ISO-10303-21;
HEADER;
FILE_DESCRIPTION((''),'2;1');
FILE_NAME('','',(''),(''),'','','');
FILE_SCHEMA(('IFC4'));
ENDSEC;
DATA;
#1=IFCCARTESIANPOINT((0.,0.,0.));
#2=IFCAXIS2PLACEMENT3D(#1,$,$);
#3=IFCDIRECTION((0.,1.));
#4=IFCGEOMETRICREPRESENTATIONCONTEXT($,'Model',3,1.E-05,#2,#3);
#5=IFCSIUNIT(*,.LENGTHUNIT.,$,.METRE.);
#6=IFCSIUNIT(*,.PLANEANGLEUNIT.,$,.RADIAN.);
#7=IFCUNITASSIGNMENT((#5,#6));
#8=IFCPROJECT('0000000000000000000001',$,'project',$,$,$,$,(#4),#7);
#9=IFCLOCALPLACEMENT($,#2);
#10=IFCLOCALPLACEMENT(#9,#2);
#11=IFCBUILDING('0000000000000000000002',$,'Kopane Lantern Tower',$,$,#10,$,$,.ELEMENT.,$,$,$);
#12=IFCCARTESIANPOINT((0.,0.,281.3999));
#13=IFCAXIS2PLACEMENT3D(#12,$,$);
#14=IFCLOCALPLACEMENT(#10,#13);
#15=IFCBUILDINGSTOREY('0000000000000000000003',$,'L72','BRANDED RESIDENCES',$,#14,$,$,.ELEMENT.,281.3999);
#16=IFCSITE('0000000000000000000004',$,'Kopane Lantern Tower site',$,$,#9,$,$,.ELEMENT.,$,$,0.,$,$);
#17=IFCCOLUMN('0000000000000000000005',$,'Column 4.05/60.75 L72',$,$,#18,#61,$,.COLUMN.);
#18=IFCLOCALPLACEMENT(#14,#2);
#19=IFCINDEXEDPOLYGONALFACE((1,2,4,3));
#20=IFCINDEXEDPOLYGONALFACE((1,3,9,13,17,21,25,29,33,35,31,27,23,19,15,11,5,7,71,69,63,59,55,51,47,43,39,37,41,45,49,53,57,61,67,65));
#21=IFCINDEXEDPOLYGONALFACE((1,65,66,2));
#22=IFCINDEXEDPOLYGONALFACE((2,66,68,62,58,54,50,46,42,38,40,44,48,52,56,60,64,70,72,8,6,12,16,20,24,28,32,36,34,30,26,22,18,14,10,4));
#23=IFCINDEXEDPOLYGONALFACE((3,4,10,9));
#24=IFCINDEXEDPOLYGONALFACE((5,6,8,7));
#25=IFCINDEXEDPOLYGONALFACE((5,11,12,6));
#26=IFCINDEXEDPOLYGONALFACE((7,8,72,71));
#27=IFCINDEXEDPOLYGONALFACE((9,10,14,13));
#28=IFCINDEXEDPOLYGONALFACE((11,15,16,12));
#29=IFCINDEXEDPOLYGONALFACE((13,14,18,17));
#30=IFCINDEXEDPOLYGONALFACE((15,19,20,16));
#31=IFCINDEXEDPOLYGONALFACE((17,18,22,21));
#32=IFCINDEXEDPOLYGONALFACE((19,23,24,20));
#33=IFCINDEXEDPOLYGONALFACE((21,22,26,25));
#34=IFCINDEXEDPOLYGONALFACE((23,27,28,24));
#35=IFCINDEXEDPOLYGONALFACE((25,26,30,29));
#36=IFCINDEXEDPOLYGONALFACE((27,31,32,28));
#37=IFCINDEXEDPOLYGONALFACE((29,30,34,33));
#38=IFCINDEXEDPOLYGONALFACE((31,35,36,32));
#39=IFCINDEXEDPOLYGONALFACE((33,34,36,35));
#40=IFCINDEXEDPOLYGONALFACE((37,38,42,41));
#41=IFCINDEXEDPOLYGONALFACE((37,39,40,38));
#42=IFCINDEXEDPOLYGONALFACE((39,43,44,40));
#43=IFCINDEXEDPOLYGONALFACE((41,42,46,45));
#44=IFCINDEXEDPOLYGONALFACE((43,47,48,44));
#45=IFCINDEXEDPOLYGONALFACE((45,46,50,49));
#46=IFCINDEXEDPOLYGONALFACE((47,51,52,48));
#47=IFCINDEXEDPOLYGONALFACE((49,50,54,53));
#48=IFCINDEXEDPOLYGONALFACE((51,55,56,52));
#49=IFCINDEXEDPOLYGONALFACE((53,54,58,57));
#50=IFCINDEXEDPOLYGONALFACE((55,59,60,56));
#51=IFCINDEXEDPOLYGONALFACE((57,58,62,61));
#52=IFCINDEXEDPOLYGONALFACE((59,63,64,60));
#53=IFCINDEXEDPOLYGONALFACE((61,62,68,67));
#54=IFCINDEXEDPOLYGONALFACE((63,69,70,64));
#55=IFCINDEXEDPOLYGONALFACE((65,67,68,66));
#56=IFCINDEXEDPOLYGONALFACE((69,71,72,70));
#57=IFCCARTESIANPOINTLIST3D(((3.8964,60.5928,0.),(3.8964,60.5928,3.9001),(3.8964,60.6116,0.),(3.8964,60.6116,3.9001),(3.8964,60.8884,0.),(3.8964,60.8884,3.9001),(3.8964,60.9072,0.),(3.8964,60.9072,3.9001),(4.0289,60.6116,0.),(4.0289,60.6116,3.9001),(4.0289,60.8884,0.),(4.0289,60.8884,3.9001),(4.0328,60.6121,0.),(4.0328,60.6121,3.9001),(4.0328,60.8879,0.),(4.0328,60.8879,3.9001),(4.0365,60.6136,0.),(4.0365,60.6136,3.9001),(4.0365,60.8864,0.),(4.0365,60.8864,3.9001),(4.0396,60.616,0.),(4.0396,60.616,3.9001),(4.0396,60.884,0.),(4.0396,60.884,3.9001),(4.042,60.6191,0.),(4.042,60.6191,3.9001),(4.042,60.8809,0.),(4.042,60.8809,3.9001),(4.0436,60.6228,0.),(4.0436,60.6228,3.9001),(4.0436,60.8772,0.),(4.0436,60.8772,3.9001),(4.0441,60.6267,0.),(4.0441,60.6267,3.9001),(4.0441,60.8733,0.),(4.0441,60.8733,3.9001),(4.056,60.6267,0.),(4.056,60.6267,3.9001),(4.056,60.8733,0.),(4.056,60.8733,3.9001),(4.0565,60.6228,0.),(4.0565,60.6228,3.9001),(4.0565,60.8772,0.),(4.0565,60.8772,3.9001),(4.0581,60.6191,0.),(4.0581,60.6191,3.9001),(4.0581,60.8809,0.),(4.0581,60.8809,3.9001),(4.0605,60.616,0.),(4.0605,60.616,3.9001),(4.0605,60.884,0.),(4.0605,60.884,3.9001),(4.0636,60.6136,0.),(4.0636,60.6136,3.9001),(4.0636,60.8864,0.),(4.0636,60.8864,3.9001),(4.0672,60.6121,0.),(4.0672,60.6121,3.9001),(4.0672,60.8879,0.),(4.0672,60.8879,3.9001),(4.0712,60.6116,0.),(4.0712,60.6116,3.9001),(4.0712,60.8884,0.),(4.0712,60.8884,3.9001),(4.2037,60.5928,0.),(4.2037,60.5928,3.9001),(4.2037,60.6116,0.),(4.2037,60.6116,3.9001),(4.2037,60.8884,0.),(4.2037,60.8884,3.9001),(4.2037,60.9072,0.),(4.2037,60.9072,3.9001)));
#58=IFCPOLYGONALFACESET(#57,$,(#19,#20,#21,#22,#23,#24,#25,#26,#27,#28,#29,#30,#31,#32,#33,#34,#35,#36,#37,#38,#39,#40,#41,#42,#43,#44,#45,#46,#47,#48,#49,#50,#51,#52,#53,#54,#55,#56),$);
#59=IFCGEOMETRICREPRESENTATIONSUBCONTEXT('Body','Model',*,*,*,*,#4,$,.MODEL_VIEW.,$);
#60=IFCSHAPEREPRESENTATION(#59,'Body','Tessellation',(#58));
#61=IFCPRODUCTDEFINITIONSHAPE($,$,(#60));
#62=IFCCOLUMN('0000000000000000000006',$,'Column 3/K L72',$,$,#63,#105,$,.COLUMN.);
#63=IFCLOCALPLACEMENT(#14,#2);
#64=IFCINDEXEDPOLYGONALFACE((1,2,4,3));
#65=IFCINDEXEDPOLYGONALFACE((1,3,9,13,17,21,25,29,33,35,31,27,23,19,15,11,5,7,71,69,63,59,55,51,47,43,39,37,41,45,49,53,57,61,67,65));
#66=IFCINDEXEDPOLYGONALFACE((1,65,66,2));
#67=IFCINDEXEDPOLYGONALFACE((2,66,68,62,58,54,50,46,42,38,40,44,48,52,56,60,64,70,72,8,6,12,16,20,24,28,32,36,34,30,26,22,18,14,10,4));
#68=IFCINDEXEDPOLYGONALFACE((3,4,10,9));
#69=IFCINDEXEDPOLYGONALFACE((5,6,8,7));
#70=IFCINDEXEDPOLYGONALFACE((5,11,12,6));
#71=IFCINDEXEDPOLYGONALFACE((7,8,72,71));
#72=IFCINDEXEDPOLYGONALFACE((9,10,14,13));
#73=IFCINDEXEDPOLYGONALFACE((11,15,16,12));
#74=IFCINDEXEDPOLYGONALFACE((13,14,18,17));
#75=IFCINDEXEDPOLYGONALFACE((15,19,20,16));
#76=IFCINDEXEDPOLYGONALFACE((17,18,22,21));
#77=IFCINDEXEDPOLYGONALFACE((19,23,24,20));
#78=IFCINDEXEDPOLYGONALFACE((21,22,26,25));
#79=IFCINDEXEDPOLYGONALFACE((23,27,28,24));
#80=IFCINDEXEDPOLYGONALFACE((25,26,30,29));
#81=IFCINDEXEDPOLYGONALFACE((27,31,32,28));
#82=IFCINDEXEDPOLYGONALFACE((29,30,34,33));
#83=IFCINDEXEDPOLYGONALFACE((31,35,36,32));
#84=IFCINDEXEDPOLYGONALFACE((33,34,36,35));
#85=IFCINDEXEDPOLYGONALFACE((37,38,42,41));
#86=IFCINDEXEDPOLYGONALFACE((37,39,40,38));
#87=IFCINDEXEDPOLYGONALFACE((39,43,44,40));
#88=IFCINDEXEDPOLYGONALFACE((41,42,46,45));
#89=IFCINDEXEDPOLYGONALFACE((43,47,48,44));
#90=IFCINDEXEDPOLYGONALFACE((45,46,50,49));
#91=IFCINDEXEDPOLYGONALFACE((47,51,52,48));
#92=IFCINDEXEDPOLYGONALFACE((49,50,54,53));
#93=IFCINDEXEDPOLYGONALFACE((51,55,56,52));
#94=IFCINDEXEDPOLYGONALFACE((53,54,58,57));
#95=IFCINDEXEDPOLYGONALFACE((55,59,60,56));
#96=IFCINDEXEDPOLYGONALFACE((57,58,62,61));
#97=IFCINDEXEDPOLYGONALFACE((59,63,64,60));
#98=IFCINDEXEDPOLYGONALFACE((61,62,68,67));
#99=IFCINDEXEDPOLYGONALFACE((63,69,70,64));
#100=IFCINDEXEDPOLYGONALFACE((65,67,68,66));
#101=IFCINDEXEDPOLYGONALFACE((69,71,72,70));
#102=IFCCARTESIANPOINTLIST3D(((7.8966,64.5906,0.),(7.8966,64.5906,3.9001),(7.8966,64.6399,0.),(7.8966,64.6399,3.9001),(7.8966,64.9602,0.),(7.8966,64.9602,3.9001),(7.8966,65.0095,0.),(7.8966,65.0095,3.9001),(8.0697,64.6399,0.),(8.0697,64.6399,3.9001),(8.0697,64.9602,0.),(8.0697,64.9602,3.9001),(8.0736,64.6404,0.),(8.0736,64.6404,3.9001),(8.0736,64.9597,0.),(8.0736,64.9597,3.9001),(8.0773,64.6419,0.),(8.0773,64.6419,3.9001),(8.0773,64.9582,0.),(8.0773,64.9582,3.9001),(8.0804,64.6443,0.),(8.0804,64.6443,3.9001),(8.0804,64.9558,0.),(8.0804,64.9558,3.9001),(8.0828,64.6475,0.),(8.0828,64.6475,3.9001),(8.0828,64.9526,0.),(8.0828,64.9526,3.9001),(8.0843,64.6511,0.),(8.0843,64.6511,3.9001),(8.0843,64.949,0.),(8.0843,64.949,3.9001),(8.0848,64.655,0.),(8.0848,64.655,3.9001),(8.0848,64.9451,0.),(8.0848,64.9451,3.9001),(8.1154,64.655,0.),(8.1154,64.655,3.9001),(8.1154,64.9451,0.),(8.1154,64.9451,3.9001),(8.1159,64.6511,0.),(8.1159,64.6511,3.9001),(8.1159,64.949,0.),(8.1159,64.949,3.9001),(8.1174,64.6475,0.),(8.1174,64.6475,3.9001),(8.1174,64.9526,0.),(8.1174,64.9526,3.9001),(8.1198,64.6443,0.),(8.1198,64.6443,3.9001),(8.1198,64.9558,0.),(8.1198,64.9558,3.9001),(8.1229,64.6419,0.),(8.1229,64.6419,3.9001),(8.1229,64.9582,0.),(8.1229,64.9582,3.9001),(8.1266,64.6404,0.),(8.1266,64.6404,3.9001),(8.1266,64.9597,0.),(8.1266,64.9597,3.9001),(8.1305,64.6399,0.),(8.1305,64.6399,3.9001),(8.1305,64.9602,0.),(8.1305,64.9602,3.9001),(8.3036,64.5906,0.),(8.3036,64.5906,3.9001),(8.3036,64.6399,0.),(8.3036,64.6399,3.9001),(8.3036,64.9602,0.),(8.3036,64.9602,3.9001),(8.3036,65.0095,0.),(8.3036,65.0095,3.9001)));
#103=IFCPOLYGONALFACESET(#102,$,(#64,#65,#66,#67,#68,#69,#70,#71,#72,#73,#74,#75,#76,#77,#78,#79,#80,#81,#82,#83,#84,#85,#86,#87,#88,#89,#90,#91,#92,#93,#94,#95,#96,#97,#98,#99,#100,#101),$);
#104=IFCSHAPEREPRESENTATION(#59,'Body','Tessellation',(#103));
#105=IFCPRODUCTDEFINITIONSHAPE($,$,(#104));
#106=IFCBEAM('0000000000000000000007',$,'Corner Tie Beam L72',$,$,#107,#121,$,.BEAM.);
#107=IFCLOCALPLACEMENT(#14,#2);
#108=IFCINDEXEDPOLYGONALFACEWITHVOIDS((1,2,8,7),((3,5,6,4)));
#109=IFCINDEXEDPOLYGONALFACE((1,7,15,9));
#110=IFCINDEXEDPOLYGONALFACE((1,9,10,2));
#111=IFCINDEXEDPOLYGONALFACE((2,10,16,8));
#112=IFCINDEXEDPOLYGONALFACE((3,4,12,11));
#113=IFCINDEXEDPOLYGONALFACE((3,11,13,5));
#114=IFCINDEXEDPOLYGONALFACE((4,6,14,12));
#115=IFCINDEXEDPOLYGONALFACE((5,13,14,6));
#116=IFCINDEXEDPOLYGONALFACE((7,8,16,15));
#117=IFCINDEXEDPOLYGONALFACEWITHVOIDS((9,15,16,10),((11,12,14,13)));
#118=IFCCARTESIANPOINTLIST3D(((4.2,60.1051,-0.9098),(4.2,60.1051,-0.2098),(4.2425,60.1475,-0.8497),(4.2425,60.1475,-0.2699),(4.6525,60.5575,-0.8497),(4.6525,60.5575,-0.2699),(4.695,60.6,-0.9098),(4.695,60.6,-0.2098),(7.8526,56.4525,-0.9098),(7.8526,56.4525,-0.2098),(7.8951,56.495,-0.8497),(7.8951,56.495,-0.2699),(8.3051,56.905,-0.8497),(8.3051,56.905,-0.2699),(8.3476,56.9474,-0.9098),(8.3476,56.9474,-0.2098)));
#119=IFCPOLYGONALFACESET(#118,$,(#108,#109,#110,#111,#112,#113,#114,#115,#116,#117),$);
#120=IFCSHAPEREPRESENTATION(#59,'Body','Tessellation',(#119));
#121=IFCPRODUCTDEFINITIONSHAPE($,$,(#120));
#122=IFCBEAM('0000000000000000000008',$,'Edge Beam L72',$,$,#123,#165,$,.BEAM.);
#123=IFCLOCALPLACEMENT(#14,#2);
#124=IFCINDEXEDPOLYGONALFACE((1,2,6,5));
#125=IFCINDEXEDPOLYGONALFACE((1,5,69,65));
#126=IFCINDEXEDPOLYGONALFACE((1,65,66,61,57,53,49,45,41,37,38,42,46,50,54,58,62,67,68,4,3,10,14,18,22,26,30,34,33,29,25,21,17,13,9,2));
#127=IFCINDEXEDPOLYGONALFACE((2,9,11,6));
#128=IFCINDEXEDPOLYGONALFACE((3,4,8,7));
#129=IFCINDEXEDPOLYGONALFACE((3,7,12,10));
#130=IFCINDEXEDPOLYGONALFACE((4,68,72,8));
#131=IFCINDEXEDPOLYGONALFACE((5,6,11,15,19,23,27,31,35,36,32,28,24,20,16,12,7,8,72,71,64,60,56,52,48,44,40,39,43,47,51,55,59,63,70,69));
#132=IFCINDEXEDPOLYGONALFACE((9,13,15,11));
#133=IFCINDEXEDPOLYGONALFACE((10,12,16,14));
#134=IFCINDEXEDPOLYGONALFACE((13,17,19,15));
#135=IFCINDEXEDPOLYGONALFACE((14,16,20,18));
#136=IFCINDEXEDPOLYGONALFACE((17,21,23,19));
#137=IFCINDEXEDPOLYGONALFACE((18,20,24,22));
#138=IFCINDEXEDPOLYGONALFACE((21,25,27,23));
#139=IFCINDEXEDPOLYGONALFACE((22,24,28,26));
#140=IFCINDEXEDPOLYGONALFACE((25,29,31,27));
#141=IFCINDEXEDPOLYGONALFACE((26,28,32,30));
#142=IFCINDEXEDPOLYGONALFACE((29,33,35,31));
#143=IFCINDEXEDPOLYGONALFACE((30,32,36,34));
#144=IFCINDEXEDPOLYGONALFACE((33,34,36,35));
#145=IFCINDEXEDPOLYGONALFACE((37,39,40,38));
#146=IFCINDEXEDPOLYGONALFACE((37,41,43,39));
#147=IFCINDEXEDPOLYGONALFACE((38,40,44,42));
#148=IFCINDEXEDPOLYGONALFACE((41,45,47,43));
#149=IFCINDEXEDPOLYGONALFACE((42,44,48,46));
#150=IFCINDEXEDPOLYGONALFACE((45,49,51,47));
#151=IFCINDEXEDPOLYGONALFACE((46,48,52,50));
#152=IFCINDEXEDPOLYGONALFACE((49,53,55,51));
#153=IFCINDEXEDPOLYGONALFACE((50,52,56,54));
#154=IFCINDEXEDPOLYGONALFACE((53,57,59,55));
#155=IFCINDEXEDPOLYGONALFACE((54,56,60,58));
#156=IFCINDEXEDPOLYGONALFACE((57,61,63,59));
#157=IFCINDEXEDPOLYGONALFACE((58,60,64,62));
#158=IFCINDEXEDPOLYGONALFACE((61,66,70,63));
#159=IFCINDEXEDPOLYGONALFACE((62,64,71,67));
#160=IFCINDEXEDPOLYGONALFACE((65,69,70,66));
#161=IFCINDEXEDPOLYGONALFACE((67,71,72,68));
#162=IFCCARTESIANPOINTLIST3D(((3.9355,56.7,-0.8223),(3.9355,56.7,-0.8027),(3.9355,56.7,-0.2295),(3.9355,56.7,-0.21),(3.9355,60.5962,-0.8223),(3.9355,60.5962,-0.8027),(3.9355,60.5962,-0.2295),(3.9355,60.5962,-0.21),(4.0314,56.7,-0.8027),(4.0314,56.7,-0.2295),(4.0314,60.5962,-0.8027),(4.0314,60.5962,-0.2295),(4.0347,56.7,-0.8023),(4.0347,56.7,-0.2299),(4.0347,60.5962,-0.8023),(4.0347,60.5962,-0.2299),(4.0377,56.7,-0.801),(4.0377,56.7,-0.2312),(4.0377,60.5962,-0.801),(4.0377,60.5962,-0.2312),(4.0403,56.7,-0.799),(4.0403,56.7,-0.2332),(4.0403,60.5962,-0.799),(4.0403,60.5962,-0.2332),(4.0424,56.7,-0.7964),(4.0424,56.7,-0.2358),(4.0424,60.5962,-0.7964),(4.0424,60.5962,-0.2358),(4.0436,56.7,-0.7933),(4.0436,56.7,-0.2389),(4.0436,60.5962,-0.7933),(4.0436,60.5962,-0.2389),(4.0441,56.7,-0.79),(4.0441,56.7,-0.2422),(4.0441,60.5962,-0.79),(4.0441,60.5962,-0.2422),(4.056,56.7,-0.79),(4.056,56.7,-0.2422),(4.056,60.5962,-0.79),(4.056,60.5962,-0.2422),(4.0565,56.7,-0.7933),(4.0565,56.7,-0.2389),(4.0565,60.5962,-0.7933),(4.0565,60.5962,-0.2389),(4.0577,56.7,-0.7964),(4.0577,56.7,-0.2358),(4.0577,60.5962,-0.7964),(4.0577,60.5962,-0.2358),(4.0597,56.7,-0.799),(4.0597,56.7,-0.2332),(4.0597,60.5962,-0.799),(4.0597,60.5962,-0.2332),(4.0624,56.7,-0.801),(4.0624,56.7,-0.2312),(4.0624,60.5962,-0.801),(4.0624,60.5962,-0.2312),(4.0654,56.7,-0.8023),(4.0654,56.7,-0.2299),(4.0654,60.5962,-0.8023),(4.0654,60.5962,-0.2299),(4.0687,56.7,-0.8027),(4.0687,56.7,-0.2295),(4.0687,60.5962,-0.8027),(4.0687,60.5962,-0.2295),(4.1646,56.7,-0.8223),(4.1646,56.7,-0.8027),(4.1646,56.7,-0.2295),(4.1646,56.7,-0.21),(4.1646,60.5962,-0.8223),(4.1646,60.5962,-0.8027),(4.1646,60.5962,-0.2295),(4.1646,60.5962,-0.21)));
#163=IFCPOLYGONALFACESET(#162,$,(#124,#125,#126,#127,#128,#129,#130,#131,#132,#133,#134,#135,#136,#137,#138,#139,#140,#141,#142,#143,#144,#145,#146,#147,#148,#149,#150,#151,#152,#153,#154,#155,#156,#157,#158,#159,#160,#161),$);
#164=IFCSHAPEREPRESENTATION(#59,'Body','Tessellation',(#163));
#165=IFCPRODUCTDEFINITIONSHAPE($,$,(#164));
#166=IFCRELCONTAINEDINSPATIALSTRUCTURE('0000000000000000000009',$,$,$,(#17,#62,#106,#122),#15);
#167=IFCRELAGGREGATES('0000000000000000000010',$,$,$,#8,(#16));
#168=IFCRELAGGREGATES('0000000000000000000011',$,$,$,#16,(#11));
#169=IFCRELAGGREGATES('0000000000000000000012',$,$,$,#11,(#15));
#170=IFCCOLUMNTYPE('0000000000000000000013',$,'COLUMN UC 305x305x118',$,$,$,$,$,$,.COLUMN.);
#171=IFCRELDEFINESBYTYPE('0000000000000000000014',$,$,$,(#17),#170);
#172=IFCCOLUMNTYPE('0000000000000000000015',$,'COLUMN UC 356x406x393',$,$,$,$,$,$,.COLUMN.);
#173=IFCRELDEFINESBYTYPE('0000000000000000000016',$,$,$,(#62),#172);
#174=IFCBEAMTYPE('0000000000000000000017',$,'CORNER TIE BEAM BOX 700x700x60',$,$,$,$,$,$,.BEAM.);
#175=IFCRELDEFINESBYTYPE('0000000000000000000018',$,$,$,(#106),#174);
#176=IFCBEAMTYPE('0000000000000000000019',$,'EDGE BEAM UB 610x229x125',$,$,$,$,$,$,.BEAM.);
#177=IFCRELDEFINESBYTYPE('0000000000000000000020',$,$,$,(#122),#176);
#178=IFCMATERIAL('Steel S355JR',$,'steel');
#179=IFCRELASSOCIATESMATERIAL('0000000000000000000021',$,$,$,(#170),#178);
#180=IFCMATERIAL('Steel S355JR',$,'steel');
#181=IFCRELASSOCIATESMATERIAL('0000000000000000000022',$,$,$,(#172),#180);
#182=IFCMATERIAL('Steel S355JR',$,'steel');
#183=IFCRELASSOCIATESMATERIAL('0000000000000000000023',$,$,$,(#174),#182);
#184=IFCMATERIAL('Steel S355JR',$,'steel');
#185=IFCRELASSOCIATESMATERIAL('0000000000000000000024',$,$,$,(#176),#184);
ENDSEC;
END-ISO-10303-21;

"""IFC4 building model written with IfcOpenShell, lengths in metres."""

from ifc_helpers import new_model, si_unit, direction, frame, origin, origin_2d, place, context, subcontext, project, spatial, hollow_rectangle, i_section, extrude, material, material_profile, profile_set, type_object, element, save


model = new_model("IFC4")

# Units and contexts
model_context = context("Model", 3, precision=1e-05, world=origin(), true_north=direction((0.0, 1.0)))
body_context = subcontext(model_context, "Body", "Model", "MODEL_VIEW")
ifc_project = project(units=[si_unit("LENGTHUNIT", "METRE"), si_unit("PLANEANGLEUNIT", "RADIAN")], contexts=[model_context])

# Site, building, storey
site_placement = place(None, origin())
site = spatial("IfcSite", under=ifc_project, at=site_placement, Name="Kopane Lantern Tower site", CompositionType="ELEMENT", RefElevation=0.0)
building_placement = place(site_placement, origin())
building = spatial("IfcBuilding", under=site, at=building_placement, Name="Kopane Lantern Tower", CompositionType="ELEMENT")
storey_placement = place(building_placement, frame((0.0, 0.0, 281.3999)))
storey = spatial("IfcBuildingStorey", under=building, at=storey_placement, Name="L72", Description="BRANDED RESIDENCES", CompositionType="ELEMENT", Elevation=281.3999)

# Columns
ifc_material_1 = material(Name="Steel S355JR", Category="steel")
ifc_material_profile_1 = material_profile(ifc_material_1, i_section(OverallWidth=0.3074, OverallDepth=0.3145, WebThickness=0.012, FlangeThickness=0.0188, FilletRadius=0.0151, at=origin_2d()), Name="UC 305x305x118")
ifc_profile_set_1 = profile_set([ifc_material_profile_1], Name="Steel S355JR")
column_type_1 = type_object("IfcColumnType", Name="COLUMN UC 305x305x118", PredefinedType="COLUMN", material=ifc_profile_set_1)
column_1_placement = place(storey_placement, frame((4.05, 60.75, 0.0), z_axis=(0.0, 0.0, 1.0), x_axis=(1.0, 0.0, 0.0)))
element("IfcColumn", 1, at=column_1_placement, inside=storey, type_object=column_type_1, Name="Column 4.05/60.75 L72", PredefinedType="COLUMN", context=body_context, shape_type="SweptSolid", body=[
    extrude(i_section(OverallWidth=0.3074, OverallDepth=0.3145, WebThickness=0.012, FlangeThickness=0.0188, FilletRadius=0.0151, at=origin_2d()), origin(), (0.0, 0.0, 1.0), 3.9001),
])
ifc_material_2 = material(Name="Steel S355JR", Category="steel")
ifc_material_profile_2 = material_profile(ifc_material_2, i_section(OverallWidth=0.407, OverallDepth=0.4189, WebThickness=0.0305, FlangeThickness=0.0493, FilletRadius=0.0151, at=origin_2d()), Name="UC 356x406x393")
ifc_profile_set_2 = profile_set([ifc_material_profile_2], Name="Steel S355JR")
column_type_2 = type_object("IfcColumnType", Name="COLUMN UC 356x406x393", PredefinedType="COLUMN", material=ifc_profile_set_2)
column_2_placement = place(storey_placement, frame((8.1001, 64.8, 0.0), z_axis=(0.0, 0.0, 1.0), x_axis=(1.0, 0.0, 0.0)))
element("IfcColumn", 2, at=column_2_placement, inside=storey, type_object=column_type_2, Name="Column 3/K L72", PredefinedType="COLUMN", context=body_context, shape_type="SweptSolid", body=[
    extrude(i_section(OverallWidth=0.407, OverallDepth=0.4189, WebThickness=0.0305, FlangeThickness=0.0493, FilletRadius=0.0151, at=origin_2d()), origin(), (0.0, 0.0, 1.0), 3.9001),
])

# Beams
ifc_material_3 = material(Name="Steel S355JR", Category="steel")
ifc_material_profile_3 = material_profile(ifc_material_3, hollow_rectangle(XDim=0.7, YDim=0.7, WallThickness=0.0601, at=origin_2d()), Name="BOX 700x700x60")
ifc_profile_set_3 = profile_set([ifc_material_profile_3], Name="Steel S355JR")
beam_type_1 = type_object("IfcBeamType", Name="CORNER TIE BEAM BOX 700x700x60", PredefinedType="BEAM", material=ifc_profile_set_3)
beam_1_placement = place(storey_placement, frame((4.4475, 60.3525, -0.5598), z_axis=(0.707107, -0.707107, 0.0), x_axis=(0.707107, 0.707107, 0.0)))
element("IfcBeam", 3, at=beam_1_placement, inside=storey, type_object=beam_type_1, Name="Corner Tie Beam L72", PredefinedType="BEAM", context=body_context, shape_type="SweptSolid", body=[
    extrude(hollow_rectangle(XDim=0.7, YDim=0.7, WallThickness=0.0601, at=origin_2d()), origin(), (0.0, 0.0, 1.0), 5.1655),
])
ifc_material_4 = material(Name="Steel S355JR", Category="steel")
ifc_material_profile_4 = material_profile(ifc_material_4, i_section(OverallWidth=0.229, OverallDepth=0.6123, WebThickness=0.012, FlangeThickness=0.0195, FilletRadius=0.0127, at=origin_2d()), Name="UB 610x229x125")
ifc_profile_set_4 = profile_set([ifc_material_profile_4], Name="Steel S355JR")
beam_type_2 = type_object("IfcBeamType", Name="EDGE BEAM UB 610x229x125", PredefinedType="BEAM", material=ifc_profile_set_4)
beam_2_placement = place(storey_placement, frame((4.05, 60.5962, -0.5161), z_axis=(0.0, -1.0, 0.0), x_axis=(1.0, 0.0, 0.0)))
element("IfcBeam", 4, at=beam_2_placement, inside=storey, type_object=beam_type_2, Name="Edge Beam L72", PredefinedType="BEAM", context=body_context, shape_type="SweptSolid", body=[
    extrude(i_section(OverallWidth=0.229, OverallDepth=0.6123, WebThickness=0.012, FlangeThickness=0.0195, FilletRadius=0.0127, at=origin_2d()), origin(), (0.0, 0.0, 1.0), 3.8962),
])

save(model, "model.ifc")
